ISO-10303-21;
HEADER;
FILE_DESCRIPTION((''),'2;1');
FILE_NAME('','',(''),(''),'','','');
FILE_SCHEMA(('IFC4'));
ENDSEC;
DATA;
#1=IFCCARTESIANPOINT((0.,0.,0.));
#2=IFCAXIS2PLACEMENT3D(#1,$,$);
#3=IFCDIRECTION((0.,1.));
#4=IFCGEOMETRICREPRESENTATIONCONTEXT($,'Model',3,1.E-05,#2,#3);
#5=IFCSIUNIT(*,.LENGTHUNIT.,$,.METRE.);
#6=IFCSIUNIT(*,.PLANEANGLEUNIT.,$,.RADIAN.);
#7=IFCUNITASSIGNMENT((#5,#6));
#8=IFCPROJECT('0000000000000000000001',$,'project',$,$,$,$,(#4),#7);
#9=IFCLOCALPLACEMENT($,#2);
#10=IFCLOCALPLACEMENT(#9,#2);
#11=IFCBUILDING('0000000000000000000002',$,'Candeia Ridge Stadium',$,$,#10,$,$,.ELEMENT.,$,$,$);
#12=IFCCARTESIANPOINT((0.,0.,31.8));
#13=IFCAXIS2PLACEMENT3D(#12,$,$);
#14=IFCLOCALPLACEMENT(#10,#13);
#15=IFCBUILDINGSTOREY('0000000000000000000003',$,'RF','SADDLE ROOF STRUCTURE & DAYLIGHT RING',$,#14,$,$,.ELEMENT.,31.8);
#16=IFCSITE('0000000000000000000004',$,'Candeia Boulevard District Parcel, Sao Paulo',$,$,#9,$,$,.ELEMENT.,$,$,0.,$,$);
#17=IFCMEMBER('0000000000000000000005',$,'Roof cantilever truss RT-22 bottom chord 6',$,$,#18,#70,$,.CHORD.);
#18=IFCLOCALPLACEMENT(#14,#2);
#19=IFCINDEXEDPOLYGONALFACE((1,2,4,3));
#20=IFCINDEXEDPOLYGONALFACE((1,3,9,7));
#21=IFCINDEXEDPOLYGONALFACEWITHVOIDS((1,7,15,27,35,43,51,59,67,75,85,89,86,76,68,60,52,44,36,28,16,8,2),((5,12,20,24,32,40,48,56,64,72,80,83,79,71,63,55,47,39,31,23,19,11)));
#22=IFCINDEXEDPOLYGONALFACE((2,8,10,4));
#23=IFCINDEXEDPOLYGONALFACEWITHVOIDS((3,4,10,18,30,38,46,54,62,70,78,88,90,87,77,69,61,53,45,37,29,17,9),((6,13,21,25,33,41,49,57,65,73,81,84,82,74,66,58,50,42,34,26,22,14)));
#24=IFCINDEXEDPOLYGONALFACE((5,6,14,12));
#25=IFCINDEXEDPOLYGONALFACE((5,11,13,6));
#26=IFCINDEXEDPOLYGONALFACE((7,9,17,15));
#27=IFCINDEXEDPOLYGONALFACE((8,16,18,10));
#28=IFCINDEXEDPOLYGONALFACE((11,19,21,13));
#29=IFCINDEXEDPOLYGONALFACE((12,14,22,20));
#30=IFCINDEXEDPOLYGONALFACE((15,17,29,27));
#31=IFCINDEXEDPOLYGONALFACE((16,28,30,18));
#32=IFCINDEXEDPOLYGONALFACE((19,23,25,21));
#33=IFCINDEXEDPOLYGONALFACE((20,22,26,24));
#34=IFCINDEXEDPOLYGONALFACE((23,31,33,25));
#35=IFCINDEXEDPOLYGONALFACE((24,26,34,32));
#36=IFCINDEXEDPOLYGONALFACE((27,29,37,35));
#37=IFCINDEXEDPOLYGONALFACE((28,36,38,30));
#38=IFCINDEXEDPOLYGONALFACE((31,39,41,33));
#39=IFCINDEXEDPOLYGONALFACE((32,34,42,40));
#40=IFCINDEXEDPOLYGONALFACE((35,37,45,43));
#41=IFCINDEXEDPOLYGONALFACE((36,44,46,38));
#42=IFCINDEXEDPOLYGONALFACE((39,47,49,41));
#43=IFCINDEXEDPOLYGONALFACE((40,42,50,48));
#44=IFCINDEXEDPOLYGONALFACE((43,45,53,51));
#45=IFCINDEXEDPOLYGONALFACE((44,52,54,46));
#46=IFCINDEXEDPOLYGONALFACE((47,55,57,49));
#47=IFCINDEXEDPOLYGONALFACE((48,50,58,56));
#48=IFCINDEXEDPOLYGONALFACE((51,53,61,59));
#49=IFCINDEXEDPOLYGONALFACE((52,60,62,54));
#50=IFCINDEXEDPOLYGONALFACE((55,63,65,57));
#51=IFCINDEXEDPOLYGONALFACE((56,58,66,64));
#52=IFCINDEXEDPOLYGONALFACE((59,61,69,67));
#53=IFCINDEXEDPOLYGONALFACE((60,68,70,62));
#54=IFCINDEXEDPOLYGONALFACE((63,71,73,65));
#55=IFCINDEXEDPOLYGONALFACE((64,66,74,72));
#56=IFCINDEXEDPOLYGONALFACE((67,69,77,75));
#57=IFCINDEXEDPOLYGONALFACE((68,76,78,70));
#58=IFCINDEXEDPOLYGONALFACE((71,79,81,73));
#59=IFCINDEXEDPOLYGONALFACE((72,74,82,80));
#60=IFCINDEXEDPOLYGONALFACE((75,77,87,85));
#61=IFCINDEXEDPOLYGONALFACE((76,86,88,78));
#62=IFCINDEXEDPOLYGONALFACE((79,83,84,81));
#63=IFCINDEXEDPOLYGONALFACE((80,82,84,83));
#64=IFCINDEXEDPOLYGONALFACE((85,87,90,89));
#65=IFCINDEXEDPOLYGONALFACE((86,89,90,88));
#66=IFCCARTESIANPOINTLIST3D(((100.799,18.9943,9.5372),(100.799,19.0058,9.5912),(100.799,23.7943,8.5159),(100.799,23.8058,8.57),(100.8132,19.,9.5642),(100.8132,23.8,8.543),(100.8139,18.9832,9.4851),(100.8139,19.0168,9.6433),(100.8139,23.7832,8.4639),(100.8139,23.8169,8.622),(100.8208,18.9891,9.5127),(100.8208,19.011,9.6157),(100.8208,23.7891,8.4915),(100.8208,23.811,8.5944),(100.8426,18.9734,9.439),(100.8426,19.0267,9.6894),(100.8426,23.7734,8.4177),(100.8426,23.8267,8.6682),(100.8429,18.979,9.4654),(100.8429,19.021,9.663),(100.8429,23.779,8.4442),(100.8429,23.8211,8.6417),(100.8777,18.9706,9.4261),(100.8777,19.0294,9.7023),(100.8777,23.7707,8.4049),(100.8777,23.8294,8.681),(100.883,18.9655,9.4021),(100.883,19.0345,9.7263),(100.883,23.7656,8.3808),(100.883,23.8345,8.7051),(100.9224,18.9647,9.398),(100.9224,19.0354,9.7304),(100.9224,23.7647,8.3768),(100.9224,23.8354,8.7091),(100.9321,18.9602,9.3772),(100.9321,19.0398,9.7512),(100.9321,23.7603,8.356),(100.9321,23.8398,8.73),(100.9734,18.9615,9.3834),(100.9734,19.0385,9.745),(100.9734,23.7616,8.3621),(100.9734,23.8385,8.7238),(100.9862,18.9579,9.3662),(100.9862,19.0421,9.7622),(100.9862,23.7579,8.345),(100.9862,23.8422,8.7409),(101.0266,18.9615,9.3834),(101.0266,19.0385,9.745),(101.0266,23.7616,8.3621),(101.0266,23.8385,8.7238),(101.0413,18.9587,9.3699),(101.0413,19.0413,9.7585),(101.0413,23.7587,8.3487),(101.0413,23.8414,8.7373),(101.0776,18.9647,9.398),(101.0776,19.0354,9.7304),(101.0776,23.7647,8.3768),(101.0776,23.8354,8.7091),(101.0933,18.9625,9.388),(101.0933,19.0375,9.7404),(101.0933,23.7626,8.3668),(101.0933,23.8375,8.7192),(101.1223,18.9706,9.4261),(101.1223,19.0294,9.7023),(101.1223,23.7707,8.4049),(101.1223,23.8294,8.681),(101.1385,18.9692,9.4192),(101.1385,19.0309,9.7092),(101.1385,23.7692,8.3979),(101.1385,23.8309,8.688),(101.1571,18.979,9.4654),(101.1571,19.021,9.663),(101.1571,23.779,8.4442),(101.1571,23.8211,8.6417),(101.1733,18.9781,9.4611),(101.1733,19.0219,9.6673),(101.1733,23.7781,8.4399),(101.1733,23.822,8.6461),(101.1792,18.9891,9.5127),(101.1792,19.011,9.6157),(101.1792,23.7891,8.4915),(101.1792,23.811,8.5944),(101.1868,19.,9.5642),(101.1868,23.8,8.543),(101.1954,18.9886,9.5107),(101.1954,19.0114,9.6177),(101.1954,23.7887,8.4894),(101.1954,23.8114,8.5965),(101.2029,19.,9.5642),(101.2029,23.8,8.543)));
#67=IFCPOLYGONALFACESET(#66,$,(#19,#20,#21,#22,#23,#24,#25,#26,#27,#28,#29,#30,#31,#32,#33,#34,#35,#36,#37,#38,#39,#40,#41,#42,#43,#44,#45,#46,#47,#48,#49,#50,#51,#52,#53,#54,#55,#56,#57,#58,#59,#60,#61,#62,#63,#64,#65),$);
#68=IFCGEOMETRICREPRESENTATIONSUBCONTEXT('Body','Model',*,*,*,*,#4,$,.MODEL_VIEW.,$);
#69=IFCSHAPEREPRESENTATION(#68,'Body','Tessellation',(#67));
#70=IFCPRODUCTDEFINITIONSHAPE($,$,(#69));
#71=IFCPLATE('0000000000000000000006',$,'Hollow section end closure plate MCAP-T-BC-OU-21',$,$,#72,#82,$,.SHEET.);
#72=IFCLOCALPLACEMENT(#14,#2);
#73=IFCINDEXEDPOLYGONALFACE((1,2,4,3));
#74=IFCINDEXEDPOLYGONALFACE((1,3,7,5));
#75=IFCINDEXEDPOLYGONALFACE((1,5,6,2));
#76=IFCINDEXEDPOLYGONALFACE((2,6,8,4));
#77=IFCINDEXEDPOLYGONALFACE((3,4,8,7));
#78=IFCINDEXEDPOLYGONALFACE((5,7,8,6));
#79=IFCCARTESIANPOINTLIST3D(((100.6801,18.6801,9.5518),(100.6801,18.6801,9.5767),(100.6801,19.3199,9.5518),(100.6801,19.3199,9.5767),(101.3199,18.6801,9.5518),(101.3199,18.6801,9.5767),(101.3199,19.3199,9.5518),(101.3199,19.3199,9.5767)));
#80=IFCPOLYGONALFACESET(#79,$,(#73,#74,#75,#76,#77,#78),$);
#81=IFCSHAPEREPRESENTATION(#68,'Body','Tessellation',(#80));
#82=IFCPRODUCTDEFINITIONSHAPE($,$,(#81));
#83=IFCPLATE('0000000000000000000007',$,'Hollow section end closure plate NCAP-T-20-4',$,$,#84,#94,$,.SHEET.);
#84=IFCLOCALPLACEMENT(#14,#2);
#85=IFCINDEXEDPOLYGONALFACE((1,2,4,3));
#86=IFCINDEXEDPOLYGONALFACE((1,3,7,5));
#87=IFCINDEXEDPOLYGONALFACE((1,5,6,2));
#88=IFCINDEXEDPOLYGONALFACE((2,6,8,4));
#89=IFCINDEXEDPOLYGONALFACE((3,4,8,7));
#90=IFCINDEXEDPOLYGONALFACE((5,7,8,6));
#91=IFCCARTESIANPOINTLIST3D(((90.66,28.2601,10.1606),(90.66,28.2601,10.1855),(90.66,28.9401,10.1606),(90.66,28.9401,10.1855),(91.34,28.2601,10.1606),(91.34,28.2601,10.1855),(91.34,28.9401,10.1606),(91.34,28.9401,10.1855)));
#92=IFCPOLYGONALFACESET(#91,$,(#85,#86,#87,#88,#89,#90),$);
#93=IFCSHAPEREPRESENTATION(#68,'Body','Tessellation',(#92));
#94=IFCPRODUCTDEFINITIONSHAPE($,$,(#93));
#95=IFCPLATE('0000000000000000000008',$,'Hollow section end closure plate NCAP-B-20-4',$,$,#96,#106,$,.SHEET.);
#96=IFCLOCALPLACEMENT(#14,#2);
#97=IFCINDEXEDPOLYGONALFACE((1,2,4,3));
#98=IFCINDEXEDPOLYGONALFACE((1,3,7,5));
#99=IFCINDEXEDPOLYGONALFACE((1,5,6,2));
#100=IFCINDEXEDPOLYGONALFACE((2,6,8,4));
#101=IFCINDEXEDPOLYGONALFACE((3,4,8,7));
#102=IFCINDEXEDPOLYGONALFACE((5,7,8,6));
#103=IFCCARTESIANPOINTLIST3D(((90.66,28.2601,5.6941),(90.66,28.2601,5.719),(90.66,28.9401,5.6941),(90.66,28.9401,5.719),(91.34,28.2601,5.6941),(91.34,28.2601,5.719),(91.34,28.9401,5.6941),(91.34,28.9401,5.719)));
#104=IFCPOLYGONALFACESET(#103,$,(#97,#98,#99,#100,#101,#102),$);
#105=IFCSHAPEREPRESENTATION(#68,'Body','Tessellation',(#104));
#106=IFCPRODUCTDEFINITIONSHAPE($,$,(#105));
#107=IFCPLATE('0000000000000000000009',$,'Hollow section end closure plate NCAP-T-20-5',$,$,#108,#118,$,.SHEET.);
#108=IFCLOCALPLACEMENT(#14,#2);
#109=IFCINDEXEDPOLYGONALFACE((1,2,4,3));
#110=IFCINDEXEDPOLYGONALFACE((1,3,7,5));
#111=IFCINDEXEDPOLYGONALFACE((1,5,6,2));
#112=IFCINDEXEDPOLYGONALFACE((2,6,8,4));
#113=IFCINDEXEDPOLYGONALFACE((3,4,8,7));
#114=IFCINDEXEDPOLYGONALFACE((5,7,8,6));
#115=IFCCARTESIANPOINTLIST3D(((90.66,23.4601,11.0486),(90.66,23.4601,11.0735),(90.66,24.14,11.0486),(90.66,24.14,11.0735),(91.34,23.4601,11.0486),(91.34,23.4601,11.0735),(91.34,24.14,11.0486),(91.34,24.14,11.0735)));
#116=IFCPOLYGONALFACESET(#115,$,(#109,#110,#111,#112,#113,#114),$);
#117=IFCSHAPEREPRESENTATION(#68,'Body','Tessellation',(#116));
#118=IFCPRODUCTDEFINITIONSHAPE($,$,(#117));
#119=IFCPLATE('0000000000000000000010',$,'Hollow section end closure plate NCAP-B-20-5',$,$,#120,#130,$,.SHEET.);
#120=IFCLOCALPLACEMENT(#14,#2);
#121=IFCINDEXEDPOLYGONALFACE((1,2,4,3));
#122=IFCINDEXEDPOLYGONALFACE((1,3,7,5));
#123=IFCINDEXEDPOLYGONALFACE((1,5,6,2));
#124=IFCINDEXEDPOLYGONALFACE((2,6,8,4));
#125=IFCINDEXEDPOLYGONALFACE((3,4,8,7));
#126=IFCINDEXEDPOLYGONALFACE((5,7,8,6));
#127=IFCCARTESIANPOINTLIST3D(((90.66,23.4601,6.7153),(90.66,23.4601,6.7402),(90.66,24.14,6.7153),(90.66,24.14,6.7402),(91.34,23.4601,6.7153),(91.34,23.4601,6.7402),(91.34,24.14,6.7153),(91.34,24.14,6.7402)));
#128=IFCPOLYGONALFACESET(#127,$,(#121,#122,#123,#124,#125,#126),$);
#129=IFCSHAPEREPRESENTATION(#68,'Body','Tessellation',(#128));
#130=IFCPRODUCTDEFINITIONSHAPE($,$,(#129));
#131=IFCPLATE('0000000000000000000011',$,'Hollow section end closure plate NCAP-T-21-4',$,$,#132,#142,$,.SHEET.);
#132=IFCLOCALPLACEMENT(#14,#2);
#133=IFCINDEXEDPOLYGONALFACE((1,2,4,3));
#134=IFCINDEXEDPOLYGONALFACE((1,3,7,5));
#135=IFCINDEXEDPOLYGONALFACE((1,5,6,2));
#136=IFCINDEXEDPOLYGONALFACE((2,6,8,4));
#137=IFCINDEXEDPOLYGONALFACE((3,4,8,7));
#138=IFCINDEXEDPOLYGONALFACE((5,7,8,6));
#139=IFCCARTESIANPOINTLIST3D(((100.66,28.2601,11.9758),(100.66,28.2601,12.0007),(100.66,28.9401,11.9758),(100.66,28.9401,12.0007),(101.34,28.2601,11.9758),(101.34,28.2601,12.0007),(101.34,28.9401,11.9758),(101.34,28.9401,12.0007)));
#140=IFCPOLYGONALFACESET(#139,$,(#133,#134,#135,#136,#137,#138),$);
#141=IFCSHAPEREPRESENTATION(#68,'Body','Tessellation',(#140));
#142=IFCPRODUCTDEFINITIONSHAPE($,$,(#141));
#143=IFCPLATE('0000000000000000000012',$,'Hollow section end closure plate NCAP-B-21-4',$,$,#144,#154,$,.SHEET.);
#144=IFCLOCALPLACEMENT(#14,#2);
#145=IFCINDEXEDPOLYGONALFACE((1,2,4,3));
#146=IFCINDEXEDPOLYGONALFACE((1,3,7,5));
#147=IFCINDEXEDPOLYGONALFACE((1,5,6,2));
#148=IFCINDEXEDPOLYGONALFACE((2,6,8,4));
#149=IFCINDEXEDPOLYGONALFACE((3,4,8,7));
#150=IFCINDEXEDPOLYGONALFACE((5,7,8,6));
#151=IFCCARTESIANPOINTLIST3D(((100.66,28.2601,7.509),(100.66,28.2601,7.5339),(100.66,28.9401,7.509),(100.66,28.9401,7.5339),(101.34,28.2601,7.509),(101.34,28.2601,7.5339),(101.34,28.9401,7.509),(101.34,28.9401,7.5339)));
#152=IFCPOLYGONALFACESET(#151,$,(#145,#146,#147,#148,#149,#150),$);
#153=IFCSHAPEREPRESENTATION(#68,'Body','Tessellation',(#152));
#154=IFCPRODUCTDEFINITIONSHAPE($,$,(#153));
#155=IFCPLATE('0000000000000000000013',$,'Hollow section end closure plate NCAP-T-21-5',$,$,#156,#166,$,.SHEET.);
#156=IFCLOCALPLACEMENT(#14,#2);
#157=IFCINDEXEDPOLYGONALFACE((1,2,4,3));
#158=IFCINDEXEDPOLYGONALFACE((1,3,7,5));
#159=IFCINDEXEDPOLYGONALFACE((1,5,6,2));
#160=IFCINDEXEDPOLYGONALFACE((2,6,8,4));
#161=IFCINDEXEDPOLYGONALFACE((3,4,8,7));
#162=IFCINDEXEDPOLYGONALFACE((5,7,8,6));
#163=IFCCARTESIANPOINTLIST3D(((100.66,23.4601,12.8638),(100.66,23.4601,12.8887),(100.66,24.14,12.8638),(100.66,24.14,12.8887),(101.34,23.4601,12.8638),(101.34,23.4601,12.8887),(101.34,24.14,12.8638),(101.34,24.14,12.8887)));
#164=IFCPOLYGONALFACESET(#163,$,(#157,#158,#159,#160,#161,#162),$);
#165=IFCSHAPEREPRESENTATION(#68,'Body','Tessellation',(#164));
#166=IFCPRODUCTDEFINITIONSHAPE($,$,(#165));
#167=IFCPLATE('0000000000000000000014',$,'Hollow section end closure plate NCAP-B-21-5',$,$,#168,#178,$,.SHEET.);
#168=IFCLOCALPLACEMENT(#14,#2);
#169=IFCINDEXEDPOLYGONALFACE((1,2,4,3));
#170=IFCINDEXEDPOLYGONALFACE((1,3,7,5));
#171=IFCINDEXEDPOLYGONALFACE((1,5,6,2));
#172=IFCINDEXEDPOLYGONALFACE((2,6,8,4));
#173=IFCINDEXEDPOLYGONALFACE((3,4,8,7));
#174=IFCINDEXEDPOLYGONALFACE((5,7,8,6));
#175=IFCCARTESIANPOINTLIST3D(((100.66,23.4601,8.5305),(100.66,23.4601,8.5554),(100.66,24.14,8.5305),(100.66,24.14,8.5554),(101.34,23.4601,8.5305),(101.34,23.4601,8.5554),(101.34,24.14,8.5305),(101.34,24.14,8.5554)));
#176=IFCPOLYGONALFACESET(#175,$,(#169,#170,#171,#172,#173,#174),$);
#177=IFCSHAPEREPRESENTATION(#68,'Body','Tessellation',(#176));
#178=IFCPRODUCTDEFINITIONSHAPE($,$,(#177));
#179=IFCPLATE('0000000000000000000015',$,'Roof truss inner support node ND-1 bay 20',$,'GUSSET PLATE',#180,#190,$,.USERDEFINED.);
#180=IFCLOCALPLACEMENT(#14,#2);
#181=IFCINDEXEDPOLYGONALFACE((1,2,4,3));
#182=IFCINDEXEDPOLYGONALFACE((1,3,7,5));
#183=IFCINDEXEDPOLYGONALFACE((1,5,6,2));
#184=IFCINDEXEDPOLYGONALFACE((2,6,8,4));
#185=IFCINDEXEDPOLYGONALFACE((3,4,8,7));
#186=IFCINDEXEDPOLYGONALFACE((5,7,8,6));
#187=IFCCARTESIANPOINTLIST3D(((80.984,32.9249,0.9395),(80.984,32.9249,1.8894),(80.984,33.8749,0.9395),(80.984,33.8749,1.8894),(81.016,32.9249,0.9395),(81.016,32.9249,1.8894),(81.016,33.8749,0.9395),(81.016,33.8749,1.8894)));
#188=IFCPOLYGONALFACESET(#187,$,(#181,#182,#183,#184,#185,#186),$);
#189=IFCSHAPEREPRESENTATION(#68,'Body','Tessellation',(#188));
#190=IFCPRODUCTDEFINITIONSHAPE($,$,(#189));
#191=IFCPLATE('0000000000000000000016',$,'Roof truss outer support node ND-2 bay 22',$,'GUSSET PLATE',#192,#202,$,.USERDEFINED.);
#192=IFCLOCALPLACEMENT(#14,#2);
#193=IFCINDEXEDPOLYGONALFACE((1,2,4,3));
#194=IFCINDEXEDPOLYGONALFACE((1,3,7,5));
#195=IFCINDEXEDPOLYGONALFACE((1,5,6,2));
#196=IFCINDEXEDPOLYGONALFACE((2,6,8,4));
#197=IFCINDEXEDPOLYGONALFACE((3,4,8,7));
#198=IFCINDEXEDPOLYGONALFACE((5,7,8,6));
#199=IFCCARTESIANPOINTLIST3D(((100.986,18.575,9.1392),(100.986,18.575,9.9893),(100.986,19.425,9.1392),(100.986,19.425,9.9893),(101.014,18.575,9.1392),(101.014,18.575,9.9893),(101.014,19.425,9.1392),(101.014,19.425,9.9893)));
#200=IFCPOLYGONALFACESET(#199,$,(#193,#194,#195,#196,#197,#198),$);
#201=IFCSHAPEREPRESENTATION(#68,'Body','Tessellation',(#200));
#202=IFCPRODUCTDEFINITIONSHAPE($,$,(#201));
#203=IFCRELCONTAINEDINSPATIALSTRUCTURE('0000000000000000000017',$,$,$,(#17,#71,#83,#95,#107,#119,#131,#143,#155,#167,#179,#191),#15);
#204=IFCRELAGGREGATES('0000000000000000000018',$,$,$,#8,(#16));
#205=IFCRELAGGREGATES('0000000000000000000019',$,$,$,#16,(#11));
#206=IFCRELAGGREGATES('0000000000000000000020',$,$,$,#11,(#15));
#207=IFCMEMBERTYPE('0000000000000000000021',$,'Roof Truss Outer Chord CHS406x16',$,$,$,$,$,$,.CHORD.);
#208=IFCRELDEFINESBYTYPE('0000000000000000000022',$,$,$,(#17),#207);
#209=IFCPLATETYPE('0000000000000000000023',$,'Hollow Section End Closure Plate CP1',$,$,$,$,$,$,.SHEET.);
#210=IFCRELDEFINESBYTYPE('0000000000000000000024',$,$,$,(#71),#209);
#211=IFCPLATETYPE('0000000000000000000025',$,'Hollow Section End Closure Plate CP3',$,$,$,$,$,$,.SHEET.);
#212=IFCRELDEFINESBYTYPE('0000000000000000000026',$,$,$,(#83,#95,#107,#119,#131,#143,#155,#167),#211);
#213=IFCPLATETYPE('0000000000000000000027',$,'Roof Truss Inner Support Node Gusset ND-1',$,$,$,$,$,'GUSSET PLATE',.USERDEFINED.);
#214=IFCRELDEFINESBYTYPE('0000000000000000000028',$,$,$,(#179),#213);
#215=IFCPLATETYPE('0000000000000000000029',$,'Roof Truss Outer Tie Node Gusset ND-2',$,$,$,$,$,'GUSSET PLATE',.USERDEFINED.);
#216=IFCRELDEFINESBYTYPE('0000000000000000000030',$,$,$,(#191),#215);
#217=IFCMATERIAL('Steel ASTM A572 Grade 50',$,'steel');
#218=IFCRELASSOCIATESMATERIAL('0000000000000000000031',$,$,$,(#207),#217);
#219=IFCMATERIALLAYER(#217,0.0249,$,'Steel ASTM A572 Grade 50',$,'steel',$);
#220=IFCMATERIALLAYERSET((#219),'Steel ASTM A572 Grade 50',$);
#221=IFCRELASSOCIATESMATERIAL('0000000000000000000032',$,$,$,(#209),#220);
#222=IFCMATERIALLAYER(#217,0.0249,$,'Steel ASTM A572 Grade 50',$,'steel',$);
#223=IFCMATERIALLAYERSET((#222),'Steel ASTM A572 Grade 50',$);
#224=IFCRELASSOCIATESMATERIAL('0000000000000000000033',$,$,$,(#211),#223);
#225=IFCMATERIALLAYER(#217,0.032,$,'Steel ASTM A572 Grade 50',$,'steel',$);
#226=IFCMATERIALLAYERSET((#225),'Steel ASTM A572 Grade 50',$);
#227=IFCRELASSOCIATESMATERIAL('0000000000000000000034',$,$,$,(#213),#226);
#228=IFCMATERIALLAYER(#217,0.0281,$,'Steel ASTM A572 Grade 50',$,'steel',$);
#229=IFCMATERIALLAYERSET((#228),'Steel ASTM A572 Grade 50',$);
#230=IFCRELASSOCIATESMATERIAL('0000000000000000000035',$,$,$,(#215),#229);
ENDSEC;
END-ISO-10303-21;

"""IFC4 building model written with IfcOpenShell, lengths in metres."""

from ifc_helpers import new_model, si_unit, direction, frame, origin, origin_2d, place, context, subcontext, project, spatial, rectangle, hollow_circle, extrude, material, layer, layer_set, material_profile, profile_set, type_object, element, save


model = new_model("IFC4")

# Units and contexts
model_context = context("Model", 3, precision=1e-05, world=origin(), true_north=direction((0.0, 1.0)))
body_context = subcontext(model_context, "Body", "Model", "MODEL_VIEW")
ifc_project = project(units=[si_unit("LENGTHUNIT", "METRE"), si_unit("PLANEANGLEUNIT", "RADIAN")], contexts=[model_context])

# Site, building, storey
site_placement = place(None, origin())
site = spatial("IfcSite", under=ifc_project, at=site_placement, Name="Candeia Boulevard District Parcel, Sao Paulo", CompositionType="ELEMENT", RefElevation=0.0)
building_placement = place(site_placement, origin())
building = spatial("IfcBuilding", under=site, at=building_placement, Name="Candeia Ridge Stadium", CompositionType="ELEMENT")
storey_placement = place(building_placement, frame((0.0, 0.0, 31.8)))
storey = spatial("IfcBuildingStorey", under=building, at=storey_placement, Name="RF", Description="SADDLE ROOF STRUCTURE & DAYLIGHT RING", CompositionType="ELEMENT", Elevation=31.8)

# Shared definitions
ifc_material = material(Name="Steel ASTM A572 Grade 50", Category="steel")

# Member
ifc_material_profile_1 = material_profile(ifc_material, hollow_circle(Radius=0.2029, WallThickness=0.0161, at=origin_2d()), Name="CHS406x16", Category="steel")
ifc_profile_set_1 = profile_set([ifc_material_profile_1], Name="Steel ASTM A572 Grade 50")
member_type_1 = type_object("IfcMemberType", Name="Roof Truss Outer Chord CHS406x16", PredefinedType="CHORD", material=ifc_profile_set_1)
for number, where, z_axis, x_axis, name in (
    (1, (101.0, 23.8, 8.543), (0.0, -0.978108, 0.208099), (1.0, 0.0, 0.0), "Roof cantilever truss RT-22 bottom chord 6"),
):
    element("IfcMember", number, at=place(storey_placement, frame(where, z_axis=z_axis, x_axis=x_axis)), inside=storey, type_object=member_type_1, Name=name, PredefinedType="CHORD", context=body_context, shape_type="SweptSolid", body=[
        extrude(hollow_circle(Radius=0.2029, WallThickness=0.0161, at=origin_2d()), origin(), (0.0, 0.0, 1.0), 4.9075),
    ])

# Plates
ifc_layer_1 = layer(ifc_material, 0.0249, Name="Steel ASTM A572 Grade 50", Category="steel")
ifc_layer_set_1 = layer_set([ifc_layer_1], Name="Steel ASTM A572 Grade 50")
plate_type_1 = type_object("IfcPlateType", Name="Hollow Section End Closure Plate CP1", PredefinedType="SHEET", material=ifc_layer_set_1)
plate_1_placement = place(storey_placement, frame((101.0, 19.0, 9.5518), z_axis=(0.0, 0.0, 1.0), x_axis=(1.0, 0.0, 0.0)))
element("IfcPlate", 2, at=plate_1_placement, inside=storey, type_object=plate_type_1, Name="Hollow section end closure plate MCAP-T-BC-OU-21", PredefinedType="SHEET", context=body_context, shape_type="SweptSolid", body=[
    extrude(rectangle(XDim=0.6399, YDim=0.6399, at=origin_2d()), origin(), (0.0, 0.0, 1.0), 0.0249),
])
ifc_layer_2 = layer(ifc_material, 0.0249, Name="Steel ASTM A572 Grade 50", Category="steel")
ifc_layer_set_2 = layer_set([ifc_layer_2], Name="Steel ASTM A572 Grade 50")
plate_type_2 = type_object("IfcPlateType", Name="Hollow Section End Closure Plate CP3", PredefinedType="SHEET", material=ifc_layer_set_2)
for number, where, z_axis, x_axis, name in (
    (3, (91.0, 28.6001, 10.1606), (0.0, 0.0, 1.0), (1.0, 0.0, 0.0), "Hollow section end closure plate NCAP-T-20-4"),
    (4, (91.0, 28.6001, 5.6941), (0.0, 0.0, 1.0), (1.0, 0.0, 0.0), "Hollow section end closure plate NCAP-B-20-4"),
    (5, (91.0, 23.8, 11.0486), (0.0, 0.0, 1.0), (1.0, 0.0, 0.0), "Hollow section end closure plate NCAP-T-20-5"),
    (6, (91.0, 23.8, 6.7153), (0.0, 0.0, 1.0), (1.0, 0.0, 0.0), "Hollow section end closure plate NCAP-B-20-5"),
    (7, (101.0, 28.6001, 11.9758), (0.0, 0.0, 1.0), (1.0, 0.0, 0.0), "Hollow section end closure plate NCAP-T-21-4"),
    (8, (101.0, 28.6001, 7.509), (0.0, 0.0, 1.0), (1.0, 0.0, 0.0), "Hollow section end closure plate NCAP-B-21-4"),
    (9, (101.0, 23.8, 12.8638), (0.0, 0.0, 1.0), (1.0, 0.0, 0.0), "Hollow section end closure plate NCAP-T-21-5"),
    (10, (101.0, 23.8, 8.5305), (0.0, 0.0, 1.0), (1.0, 0.0, 0.0), "Hollow section end closure plate NCAP-B-21-5"),
):
    element("IfcPlate", number, at=place(storey_placement, frame(where, z_axis=z_axis, x_axis=x_axis)), inside=storey, type_object=plate_type_2, Name=name, PredefinedType="SHEET", context=body_context, shape_type="SweptSolid", body=[
        extrude(rectangle(XDim=0.6799, YDim=0.6799, at=origin_2d()), origin(), (0.0, 0.0, 1.0), 0.0249),
    ])
ifc_layer_3 = layer(ifc_material, 0.032, Name="Steel ASTM A572 Grade 50", Category="steel")
ifc_layer_set_3 = layer_set([ifc_layer_3], Name="Steel ASTM A572 Grade 50")
plate_type_3 = type_object("IfcPlateType", Name="Roof Truss Inner Support Node Gusset ND-1", ElementType="GUSSET PLATE", PredefinedType="USERDEFINED", material=ifc_layer_set_3)
plate_2_placement = place(storey_placement, frame((81.0, 33.3999, 0.9395), z_axis=(0.0, 0.0, 1.0), x_axis=(0.0, -1.0, 0.0)))
element("IfcPlate", 11, at=plate_2_placement, inside=storey, type_object=plate_type_3, Name="Roof truss inner support node ND-1 bay 20", ObjectType="GUSSET PLATE", PredefinedType="USERDEFINED", context=body_context, shape_type="SweptSolid", body=[
    extrude(rectangle(XDim=0.95, YDim=0.032, at=origin_2d()), origin(), (0.0, 0.0, 1.0), 0.95),
])
ifc_layer_4 = layer(ifc_material, 0.0281, Name="Steel ASTM A572 Grade 50", Category="steel")
ifc_layer_set_4 = layer_set([ifc_layer_4], Name="Steel ASTM A572 Grade 50")
plate_type_4 = type_object("IfcPlateType", Name="Roof Truss Outer Tie Node Gusset ND-2", ElementType="GUSSET PLATE", PredefinedType="USERDEFINED", material=ifc_layer_set_4)
plate_3_placement = place(storey_placement, frame((101.0, 19.0, 9.1392), z_axis=(0.0, 0.0, 1.0), x_axis=(0.0, -1.0, 0.0)))
element("IfcPlate", 12, at=plate_3_placement, inside=storey, type_object=plate_type_4, Name="Roof truss outer support node ND-2 bay 22", ObjectType="GUSSET PLATE", PredefinedType="USERDEFINED", context=body_context, shape_type="SweptSolid", body=[
    extrude(rectangle(XDim=0.8501, YDim=0.0281, at=origin_2d()), origin(), (0.0, 0.0, 1.0), 0.8501),
])

save(model, "model.ifc")
